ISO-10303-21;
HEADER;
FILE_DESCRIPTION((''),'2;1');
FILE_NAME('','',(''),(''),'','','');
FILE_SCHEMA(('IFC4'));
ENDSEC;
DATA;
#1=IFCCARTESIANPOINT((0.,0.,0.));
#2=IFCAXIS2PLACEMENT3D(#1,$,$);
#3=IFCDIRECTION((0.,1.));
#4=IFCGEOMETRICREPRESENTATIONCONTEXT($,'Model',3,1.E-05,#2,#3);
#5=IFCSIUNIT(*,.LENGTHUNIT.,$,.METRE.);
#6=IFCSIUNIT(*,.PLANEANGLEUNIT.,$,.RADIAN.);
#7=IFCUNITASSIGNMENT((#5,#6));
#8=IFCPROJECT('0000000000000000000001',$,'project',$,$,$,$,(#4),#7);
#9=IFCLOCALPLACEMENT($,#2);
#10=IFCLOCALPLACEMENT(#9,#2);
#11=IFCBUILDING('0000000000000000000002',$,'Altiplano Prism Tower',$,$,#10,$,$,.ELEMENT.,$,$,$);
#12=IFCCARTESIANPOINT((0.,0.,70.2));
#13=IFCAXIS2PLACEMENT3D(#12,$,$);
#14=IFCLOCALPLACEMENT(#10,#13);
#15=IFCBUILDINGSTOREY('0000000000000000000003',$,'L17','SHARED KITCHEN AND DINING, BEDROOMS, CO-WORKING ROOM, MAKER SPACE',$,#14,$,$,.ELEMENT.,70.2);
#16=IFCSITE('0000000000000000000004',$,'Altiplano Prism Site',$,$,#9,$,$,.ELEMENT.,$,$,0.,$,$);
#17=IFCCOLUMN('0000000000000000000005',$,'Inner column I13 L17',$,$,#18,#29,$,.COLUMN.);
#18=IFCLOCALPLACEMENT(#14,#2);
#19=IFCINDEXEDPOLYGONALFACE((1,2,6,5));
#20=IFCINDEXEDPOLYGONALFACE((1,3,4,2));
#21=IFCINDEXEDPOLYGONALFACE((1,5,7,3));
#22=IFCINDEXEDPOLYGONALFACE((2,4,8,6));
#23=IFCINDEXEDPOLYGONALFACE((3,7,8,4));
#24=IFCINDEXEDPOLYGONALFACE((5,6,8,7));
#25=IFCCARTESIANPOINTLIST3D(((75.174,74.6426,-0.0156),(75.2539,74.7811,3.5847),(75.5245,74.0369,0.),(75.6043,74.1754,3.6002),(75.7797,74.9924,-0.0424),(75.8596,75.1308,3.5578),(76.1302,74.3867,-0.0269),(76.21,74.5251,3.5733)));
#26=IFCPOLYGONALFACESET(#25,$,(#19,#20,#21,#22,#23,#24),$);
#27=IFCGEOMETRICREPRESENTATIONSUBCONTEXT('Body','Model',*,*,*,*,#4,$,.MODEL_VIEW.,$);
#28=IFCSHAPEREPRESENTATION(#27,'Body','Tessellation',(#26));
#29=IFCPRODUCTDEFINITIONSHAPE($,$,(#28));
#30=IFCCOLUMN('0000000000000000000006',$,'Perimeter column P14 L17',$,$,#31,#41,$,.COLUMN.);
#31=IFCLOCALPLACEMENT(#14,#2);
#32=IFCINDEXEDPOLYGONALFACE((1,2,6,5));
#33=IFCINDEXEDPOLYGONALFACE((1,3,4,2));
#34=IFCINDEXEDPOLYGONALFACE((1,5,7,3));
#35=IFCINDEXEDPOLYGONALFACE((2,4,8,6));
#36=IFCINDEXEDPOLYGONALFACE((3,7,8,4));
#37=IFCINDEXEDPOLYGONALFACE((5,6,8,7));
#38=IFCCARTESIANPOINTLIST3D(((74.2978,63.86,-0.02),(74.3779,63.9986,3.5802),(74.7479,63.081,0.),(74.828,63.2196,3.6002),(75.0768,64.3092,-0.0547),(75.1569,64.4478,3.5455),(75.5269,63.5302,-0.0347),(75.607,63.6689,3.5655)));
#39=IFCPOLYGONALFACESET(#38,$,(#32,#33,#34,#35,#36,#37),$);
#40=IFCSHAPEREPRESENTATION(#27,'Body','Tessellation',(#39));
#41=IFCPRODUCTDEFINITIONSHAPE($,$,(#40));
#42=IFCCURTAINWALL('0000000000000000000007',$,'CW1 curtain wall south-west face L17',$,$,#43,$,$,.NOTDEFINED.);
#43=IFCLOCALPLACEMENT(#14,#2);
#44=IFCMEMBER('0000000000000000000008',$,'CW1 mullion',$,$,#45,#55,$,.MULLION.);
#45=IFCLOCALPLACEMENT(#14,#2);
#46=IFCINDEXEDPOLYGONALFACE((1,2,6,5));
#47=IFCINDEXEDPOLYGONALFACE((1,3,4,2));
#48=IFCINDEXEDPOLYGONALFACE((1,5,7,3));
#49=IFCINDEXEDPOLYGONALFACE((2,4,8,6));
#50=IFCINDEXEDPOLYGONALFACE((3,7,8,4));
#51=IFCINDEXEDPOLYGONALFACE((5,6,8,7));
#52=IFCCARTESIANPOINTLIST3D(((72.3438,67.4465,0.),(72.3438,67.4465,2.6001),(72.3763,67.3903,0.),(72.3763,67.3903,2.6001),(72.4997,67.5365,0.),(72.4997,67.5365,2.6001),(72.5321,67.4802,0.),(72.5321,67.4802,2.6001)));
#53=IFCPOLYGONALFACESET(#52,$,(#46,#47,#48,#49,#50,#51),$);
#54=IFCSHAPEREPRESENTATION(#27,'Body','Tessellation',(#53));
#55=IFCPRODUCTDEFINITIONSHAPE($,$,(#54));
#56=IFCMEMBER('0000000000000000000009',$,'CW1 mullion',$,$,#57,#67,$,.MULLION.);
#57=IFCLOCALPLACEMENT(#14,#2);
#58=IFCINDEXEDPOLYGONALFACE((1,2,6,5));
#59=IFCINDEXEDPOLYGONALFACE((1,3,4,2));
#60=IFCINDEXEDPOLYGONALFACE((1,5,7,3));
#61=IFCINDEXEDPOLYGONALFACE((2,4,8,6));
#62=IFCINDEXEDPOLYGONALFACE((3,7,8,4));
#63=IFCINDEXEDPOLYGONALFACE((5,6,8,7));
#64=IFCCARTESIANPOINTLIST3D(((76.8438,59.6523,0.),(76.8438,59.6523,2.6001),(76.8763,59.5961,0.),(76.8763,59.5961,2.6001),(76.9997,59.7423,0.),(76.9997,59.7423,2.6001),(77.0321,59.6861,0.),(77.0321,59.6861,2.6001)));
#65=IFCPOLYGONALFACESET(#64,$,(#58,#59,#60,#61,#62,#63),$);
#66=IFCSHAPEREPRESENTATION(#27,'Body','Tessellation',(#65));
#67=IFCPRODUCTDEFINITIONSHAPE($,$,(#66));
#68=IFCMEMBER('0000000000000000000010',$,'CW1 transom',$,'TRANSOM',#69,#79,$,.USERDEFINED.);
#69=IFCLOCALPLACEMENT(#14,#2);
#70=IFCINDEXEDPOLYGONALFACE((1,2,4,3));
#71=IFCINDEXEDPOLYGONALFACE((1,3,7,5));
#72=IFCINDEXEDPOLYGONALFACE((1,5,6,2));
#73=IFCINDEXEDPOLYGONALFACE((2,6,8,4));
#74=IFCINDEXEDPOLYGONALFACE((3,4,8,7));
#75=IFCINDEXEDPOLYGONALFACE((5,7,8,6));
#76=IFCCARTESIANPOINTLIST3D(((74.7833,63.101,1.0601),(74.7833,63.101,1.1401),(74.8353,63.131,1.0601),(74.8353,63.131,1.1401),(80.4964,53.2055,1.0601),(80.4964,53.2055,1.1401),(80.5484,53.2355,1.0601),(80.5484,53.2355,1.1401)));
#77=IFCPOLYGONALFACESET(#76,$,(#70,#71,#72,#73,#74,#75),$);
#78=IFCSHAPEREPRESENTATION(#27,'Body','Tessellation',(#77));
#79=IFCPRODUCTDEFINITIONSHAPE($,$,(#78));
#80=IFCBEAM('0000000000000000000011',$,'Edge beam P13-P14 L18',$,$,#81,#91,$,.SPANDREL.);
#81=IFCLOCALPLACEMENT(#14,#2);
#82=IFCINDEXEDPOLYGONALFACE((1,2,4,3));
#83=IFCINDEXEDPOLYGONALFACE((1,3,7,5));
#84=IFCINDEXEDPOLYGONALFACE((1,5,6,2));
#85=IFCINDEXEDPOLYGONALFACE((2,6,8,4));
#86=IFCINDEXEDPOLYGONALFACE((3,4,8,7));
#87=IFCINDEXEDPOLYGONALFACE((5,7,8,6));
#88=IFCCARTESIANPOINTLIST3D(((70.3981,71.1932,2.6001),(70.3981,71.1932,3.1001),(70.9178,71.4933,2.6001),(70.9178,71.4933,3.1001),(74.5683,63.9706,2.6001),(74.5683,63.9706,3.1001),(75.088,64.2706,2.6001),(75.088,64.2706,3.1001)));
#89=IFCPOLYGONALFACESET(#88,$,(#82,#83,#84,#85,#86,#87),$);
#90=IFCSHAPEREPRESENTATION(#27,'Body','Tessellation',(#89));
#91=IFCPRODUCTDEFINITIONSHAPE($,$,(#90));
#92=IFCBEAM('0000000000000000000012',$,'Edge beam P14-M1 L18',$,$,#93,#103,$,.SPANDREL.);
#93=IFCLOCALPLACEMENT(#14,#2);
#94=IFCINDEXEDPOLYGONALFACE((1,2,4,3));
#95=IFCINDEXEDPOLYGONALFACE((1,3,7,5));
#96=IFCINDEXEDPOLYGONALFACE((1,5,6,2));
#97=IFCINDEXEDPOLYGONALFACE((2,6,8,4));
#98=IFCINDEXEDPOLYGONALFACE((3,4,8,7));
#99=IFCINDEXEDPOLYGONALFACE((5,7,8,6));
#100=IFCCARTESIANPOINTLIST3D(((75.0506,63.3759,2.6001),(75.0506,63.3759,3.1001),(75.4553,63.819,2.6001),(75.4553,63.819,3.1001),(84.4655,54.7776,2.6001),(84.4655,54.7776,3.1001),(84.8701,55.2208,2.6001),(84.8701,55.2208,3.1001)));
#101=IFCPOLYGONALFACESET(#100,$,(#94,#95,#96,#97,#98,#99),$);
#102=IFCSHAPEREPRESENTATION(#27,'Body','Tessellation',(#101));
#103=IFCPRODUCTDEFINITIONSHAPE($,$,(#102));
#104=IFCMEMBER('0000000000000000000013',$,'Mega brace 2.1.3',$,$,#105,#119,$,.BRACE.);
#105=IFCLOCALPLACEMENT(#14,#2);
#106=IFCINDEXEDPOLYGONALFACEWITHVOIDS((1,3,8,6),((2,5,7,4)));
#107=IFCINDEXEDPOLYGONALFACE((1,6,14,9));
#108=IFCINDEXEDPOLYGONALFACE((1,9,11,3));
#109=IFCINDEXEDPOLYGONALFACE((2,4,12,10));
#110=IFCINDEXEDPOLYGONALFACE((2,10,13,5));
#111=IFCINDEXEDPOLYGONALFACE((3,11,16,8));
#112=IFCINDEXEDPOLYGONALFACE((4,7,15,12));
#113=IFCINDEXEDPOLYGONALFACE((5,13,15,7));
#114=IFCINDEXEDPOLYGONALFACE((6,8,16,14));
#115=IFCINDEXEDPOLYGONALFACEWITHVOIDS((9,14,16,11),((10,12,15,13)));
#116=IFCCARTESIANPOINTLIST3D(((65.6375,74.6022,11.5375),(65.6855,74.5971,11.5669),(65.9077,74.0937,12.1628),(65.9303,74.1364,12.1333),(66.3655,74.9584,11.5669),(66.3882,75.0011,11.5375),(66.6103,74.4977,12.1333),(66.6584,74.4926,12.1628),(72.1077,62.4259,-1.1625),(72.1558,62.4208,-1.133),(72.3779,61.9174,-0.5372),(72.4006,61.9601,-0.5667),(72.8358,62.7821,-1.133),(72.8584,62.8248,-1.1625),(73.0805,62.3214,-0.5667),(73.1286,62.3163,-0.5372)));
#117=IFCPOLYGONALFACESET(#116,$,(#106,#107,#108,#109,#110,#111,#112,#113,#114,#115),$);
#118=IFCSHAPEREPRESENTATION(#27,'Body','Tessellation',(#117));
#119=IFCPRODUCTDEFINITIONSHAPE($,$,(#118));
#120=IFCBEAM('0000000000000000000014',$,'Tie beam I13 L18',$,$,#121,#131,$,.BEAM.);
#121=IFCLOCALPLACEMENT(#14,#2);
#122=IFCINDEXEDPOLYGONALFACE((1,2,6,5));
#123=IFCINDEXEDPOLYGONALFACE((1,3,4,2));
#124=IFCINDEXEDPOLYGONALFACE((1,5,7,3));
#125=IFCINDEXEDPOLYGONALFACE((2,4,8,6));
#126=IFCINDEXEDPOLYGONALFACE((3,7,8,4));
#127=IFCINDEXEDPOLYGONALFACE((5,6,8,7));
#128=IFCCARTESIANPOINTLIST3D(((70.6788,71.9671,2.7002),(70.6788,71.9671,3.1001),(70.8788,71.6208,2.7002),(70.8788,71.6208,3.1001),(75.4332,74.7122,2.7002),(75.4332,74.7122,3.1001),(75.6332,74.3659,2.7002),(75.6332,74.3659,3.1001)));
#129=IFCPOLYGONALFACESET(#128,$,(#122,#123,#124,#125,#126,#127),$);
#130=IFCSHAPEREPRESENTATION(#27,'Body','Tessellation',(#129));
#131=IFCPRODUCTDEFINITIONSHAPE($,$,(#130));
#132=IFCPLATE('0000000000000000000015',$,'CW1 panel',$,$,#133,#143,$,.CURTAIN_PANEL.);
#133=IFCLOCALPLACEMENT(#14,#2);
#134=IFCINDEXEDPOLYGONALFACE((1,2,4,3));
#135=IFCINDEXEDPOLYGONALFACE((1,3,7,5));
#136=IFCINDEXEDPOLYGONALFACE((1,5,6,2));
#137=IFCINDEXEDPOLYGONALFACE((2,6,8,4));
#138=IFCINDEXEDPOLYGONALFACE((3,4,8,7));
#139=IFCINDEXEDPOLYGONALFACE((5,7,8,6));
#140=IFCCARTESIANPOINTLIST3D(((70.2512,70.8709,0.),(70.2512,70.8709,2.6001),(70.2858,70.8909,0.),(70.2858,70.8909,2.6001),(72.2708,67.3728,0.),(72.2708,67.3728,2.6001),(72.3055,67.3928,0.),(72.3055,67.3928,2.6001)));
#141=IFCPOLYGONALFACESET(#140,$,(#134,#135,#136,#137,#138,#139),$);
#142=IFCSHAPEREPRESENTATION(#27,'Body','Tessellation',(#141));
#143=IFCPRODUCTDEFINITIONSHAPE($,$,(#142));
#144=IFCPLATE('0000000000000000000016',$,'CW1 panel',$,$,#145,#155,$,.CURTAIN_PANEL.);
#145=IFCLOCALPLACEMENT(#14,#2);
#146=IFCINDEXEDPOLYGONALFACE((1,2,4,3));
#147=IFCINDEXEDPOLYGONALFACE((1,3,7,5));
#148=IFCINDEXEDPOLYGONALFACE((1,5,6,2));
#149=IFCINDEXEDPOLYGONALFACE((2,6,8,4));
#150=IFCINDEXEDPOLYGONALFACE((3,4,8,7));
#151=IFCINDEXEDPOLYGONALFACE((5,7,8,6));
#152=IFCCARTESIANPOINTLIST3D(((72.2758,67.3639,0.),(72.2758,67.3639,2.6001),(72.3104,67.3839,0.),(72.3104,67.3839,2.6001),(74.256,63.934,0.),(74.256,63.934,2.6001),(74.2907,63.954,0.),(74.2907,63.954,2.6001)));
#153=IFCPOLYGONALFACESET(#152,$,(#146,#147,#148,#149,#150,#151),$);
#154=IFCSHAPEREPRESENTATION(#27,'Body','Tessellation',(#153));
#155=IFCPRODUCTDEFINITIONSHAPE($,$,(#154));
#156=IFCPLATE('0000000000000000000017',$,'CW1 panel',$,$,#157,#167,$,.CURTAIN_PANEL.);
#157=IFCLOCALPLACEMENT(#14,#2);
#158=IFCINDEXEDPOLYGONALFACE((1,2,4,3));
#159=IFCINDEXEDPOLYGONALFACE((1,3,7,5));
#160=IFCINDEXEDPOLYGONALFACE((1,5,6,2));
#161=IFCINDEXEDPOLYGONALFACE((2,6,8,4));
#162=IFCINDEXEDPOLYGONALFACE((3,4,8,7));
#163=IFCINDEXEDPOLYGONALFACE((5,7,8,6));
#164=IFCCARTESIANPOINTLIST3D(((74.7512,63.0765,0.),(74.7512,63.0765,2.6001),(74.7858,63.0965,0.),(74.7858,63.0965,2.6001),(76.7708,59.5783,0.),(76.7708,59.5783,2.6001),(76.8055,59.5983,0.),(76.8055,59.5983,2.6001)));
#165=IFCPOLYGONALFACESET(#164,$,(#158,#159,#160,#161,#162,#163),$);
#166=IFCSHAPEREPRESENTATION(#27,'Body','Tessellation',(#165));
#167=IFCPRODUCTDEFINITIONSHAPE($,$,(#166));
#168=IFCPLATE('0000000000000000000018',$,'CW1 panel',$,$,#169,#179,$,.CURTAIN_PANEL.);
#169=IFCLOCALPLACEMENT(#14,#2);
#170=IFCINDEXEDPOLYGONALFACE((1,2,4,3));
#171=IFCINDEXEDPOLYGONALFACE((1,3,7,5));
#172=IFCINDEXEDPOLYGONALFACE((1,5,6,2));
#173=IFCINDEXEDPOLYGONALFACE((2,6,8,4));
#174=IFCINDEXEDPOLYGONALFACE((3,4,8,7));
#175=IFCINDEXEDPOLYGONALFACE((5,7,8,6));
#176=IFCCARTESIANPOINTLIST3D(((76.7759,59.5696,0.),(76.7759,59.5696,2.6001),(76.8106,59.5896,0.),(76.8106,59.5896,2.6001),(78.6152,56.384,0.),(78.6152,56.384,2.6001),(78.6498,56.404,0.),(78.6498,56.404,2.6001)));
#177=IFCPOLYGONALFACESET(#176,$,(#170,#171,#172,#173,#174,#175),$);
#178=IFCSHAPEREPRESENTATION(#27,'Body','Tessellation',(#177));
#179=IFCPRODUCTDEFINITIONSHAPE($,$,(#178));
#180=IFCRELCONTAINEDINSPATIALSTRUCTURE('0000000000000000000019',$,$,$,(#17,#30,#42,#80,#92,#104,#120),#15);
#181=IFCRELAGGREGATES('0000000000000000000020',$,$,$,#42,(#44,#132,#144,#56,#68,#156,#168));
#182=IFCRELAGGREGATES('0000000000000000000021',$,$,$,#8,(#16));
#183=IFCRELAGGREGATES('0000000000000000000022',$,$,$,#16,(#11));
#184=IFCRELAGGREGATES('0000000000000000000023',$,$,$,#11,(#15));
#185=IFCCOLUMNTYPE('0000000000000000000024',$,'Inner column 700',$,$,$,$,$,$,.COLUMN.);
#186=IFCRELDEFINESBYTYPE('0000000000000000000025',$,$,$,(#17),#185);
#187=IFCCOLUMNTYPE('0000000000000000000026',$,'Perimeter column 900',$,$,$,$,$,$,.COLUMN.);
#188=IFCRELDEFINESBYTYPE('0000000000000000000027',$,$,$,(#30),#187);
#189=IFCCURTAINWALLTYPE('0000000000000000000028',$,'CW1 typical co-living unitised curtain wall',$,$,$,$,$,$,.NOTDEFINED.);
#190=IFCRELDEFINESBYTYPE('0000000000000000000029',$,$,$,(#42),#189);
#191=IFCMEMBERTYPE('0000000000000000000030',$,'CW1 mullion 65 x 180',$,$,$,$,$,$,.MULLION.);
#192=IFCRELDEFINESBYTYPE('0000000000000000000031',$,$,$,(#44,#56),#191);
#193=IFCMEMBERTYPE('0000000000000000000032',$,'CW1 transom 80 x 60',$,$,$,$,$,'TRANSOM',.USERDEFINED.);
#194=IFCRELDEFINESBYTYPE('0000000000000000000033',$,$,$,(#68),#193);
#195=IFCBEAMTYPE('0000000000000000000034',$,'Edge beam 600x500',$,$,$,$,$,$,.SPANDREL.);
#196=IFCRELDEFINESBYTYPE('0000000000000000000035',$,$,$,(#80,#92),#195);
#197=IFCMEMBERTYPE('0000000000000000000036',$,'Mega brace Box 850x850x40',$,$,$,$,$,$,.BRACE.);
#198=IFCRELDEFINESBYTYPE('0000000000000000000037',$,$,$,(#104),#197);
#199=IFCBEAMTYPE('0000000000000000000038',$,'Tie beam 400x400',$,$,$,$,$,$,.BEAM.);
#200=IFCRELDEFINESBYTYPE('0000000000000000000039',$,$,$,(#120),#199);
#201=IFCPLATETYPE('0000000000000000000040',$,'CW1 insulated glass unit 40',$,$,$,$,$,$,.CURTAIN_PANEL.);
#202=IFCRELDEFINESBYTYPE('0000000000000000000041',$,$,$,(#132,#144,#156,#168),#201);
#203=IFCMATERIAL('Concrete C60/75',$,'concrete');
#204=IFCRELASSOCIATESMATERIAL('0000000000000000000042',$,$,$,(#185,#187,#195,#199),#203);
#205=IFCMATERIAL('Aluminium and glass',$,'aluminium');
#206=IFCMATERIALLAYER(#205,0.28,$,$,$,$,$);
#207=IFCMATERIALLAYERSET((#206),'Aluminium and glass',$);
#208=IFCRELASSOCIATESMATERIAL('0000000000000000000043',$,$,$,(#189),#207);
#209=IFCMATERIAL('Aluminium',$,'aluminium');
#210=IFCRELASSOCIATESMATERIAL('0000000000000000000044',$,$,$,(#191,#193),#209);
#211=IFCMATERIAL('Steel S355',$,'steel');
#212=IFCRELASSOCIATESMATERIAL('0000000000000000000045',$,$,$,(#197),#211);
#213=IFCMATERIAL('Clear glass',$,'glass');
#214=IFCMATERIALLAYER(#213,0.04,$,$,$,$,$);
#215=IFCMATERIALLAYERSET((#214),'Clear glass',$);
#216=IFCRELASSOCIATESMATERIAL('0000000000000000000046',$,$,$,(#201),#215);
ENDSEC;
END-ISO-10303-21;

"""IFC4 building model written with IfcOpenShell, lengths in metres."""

from ifc_helpers import new_model, si_unit, direction, frame, origin, origin_2d, place, context, subcontext, project, spatial, rectangle, hollow_rectangle, extrude, material, layer, layer_set, material_profile, profile_set, type_object, element, aggregate, save


model = new_model("IFC4")

# Units and contexts
model_context = context("Model", 3, precision=1e-05, world=origin(), true_north=direction((0.0, 1.0)))
body_context = subcontext(model_context, "Body", "Model", "MODEL_VIEW")
ifc_project = project(units=[si_unit("LENGTHUNIT", "METRE"), si_unit("PLANEANGLEUNIT", "RADIAN")], contexts=[model_context])

# Site, building, storey
site_placement = place(None, origin())
site = spatial("IfcSite", under=ifc_project, at=site_placement, Name="Altiplano Prism Site", CompositionType="ELEMENT", RefElevation=0.0)
building_placement = place(site_placement, origin())
building = spatial("IfcBuilding", under=site, at=building_placement, Name="Altiplano Prism Tower", CompositionType="ELEMENT")
storey_placement = place(building_placement, frame((0.0, 0.0, 70.2)))
storey = spatial("IfcBuildingStorey", under=building, at=storey_placement, Name="L17", Description="SHARED KITCHEN AND DINING, BEDROOMS, CO-WORKING ROOM, MAKER SPACE", CompositionType="ELEMENT", Elevation=70.2)

# Columns
ifc_material_1 = material(Name="Concrete C60/75", Category="concrete")
ifc_material_profile_1 = material_profile(ifc_material_1, rectangle(XDim=0.7, YDim=0.7, at=origin_2d()), Name="Inner column 700")
ifc_profile_set_1 = profile_set([ifc_material_profile_1], Name="Concrete C60/75")
column_type_1 = type_object("IfcColumnType", Name="Inner column 700", PredefinedType="COLUMN", material=ifc_profile_set_1)
column_1_placement = place(storey_placement, frame((75.6521, 74.5146, -0.0212), z_axis=(0.022154, 0.038413, 0.999016), x_axis=(-0.865365, -0.499669, 0.038403)))
element("IfcColumn", 1, at=column_1_placement, inside=storey, type_object=column_type_1, Name="Inner column I13 L17", PredefinedType="COLUMN", context=body_context, shape_type="SweptSolid", body=[
    extrude(rectangle(XDim=0.7, YDim=0.7, at=origin_2d()), origin(), (0.0, 0.0, 1.0), 3.6038),
])
ifc_material_profile_2 = material_profile(ifc_material_1, rectangle(XDim=0.8999, YDim=0.8999, at=origin_2d()), Name="Perimeter column 900")
ifc_profile_set_2 = profile_set([ifc_material_profile_2], Name="Concrete C60/75")
column_type_2 = type_object("IfcColumnType", Name="Perimeter column 900", PredefinedType="COLUMN", material=ifc_profile_set_2)
column_2_placement = place(storey_placement, frame((74.9124, 63.6951, -0.0273), z_axis=(0.022221, 0.038481, 0.999012), x_axis=(-0.865642, -0.499182, 0.038483)))
element("IfcColumn", 2, at=column_2_placement, inside=storey, type_object=column_type_2, Name="Perimeter column P14 L17", PredefinedType="COLUMN", context=body_context, shape_type="SweptSolid", body=[
    extrude(rectangle(XDim=0.8999, YDim=0.8999, at=origin_2d()), origin(), (0.0, 0.0, 1.0), 3.6038),
])

# Curtain wall, members
ifc_material_2 = material(Name="Aluminium and glass", Category="aluminium")
ifc_layer_1 = layer(ifc_material_2, 0.28)
ifc_layer_set_1 = layer_set([ifc_layer_1], Name="Aluminium and glass")
curtain_wall_type = type_object("IfcCurtainWallType", Name="CW1 typical co-living unitised curtain wall", PredefinedType="NOTDEFINED", material=ifc_layer_set_1)
curtain_wall_placement = place(storey_placement, origin())
curtain_wall = element("IfcCurtainWall", 3, at=curtain_wall_placement, inside=storey, type_object=curtain_wall_type, Name="CW1 curtain wall south-west face L17", PredefinedType="NOTDEFINED")
ifc_material_3 = material(Name="Aluminium", Category="aluminium")
ifc_material_profile_3 = material_profile(ifc_material_3, rectangle(XDim=0.1799, YDim=0.0649, at=origin_2d()), Name="CW1 mullion 65 x 180")
ifc_profile_set_3 = profile_set([ifc_material_profile_3], Name="Aluminium")
member_type_1 = type_object("IfcMemberType", Name="CW1 mullion 65 x 180", PredefinedType="MULLION", material=ifc_profile_set_3)
member_1_placement = place(storey_placement, frame((72.438, 67.4634, 0.0), z_axis=(0.0, 0.0, 1.0), x_axis=(0.866025, 0.5, 0.0)))
member_1 = element("IfcMember", 4, at=member_1_placement, type_object=member_type_1, Name="CW1 mullion", PredefinedType="MULLION", context=body_context, shape_type="SweptSolid", body=[
    extrude(rectangle(XDim=0.1799, YDim=0.0649, at=origin_2d()), origin(), (0.0, 0.0, 1.0), 2.6001),
])
member_2_placement = place(storey_placement, frame((76.938, 59.6692, 0.0), z_axis=(0.0, 0.0, 1.0), x_axis=(0.866025, 0.5, 0.0)))
member_2 = element("IfcMember", 5, at=member_2_placement, type_object=member_type_1, Name="CW1 mullion", PredefinedType="MULLION", context=body_context, shape_type="SweptSolid", body=[
    extrude(rectangle(XDim=0.1799, YDim=0.0649, at=origin_2d()), origin(), (0.0, 0.0, 1.0), 2.6001),
])
ifc_material_profile_4 = material_profile(ifc_material_3, rectangle(XDim=0.0601, YDim=0.0801, at=origin_2d()), Name="CW1 transom 80 x 60")
ifc_profile_set_4 = profile_set([ifc_material_profile_4], Name="Aluminium")
member_type_2 = type_object("IfcMemberType", Name="CW1 transom 80 x 60", ElementType="TRANSOM", PredefinedType="USERDEFINED", material=ifc_profile_set_4)
member_3_placement = place(storey_placement, frame((74.8093, 63.116, 1.1001), z_axis=(0.499997, -0.866027, 0.0), x_axis=(0.866027, 0.499997, 0.0)))
member_3 = element("IfcMember", 6, at=member_3_placement, type_object=member_type_2, Name="CW1 transom", ObjectType="TRANSOM", PredefinedType="USERDEFINED", context=body_context, shape_type="SweptSolid", body=[
    extrude(rectangle(XDim=0.0601, YDim=0.0801, at=origin_2d()), origin(), (0.0, 0.0, 1.0), 11.4263),
])

# Beams
ifc_material_profile_5 = material_profile(ifc_material_1, rectangle(XDim=0.6001, YDim=0.5, at=origin_2d()), Name="Edge beam 600x500")
ifc_profile_set_5 = profile_set([ifc_material_profile_5], Name="Concrete C60/75")
beam_type_1 = type_object("IfcBeamType", Name="Edge beam 600x500", PredefinedType="SPANDREL", material=ifc_profile_set_5)
beam_1_placement = place(storey_placement, frame((70.658, 71.3433, 2.8501), z_axis=(0.500015, -0.866017, 0.0), x_axis=(0.866017, 0.500015, 0.0)))
element("IfcBeam", 7, at=beam_1_placement, inside=storey, type_object=beam_type_1, Name="Edge beam P13-P14 L18", PredefinedType="SPANDREL", context=body_context, shape_type="SweptSolid", body=[
    extrude(rectangle(XDim=0.6001, YDim=0.5, at=origin_2d()), origin(), (0.0, 0.0, 1.0), 8.3401),
])
beam_2_placement = place(storey_placement, frame((75.2529, 63.5974, 2.8501), z_axis=(0.738406, -0.674356, 0.0), x_axis=(0.674356, 0.738406, 0.0)))
element("IfcBeam", 8, at=beam_2_placement, inside=storey, type_object=beam_type_1, Name="Edge beam P14-M1 L18", PredefinedType="SPANDREL", context=body_context, shape_type="SweptSolid", body=[
    extrude(rectangle(XDim=0.6001, YDim=0.5, at=origin_2d()), origin(), (0.0, 0.0, 1.0), 12.7502),
])

# Member
ifc_material_4 = material(Name="Steel S355", Category="steel")
ifc_material_profile_6 = material_profile(ifc_material_4, hollow_rectangle(XDim=0.8501, YDim=0.8501, WallThickness=0.04, at=origin_2d()), Name="Mega brace Box 850x850x40")
ifc_profile_set_6 = profile_set([ifc_material_profile_6], Name="Steel S355")
member_type_3 = type_object("IfcMemberType", Name="Mega brace Box 850x850x40", PredefinedType="BRACE", material=ifc_profile_set_6)
member_4_placement = place(storey_placement, frame((72.6182, 62.3711, -0.8499), z_axis=(-0.345151, 0.649538, 0.677474), x_axis=(-0.883068, -0.469244, 0.0)))
element("IfcMember", 9, at=member_4_placement, inside=storey, type_object=member_type_3, Name="Mega brace 2.1.3", PredefinedType="BRACE", context=body_context, shape_type="SweptSolid", body=[
    extrude(hollow_rectangle(XDim=0.8501, YDim=0.8501, WallThickness=0.04, at=origin_2d()), origin(), (0.0, 0.0, 1.0), 18.7461),
])

# Beam
ifc_material_profile_7 = material_profile(ifc_material_1, rectangle(XDim=0.3999, YDim=0.3999, at=origin_2d()), Name="Tie beam 400x400")
ifc_profile_set_7 = profile_set([ifc_material_profile_7], Name="Concrete C60/75")
beam_type_2 = type_object("IfcBeamType", Name="Tie beam 400x400", PredefinedType="BEAM", material=ifc_profile_set_7)
beam_3_placement = place(storey_placement, frame((75.5332, 74.5391, 2.9001), z_axis=(-0.866012, -0.500023, 0.0), x_axis=(0.500023, -0.866012, 0.0)))
element("IfcBeam", 10, at=beam_3_placement, inside=storey, type_object=beam_type_2, Name="Tie beam I13 L18", PredefinedType="BEAM", context=body_context, shape_type="SweptSolid", body=[
    extrude(rectangle(XDim=0.3999, YDim=0.3999, at=origin_2d()), origin(), (0.0, 0.0, 1.0), 5.49),
])

# Plates
ifc_material_5 = material(Name="Clear glass", Category="glass")
ifc_layer_2 = layer(ifc_material_5, 0.04)
ifc_layer_set_2 = layer_set([ifc_layer_2], Name="Clear glass")
plate_type = type_object("IfcPlateType", Name="CW1 insulated glass unit 40", PredefinedType="CURTAIN_PANEL", material=ifc_layer_set_2)
plate_1_placement = place(storey_placement, frame((71.2783, 69.1318, 0.0), z_axis=(0.0, 0.0, 1.0), x_axis=(0.5, -0.866025, 0.0)))
plate_1 = element("IfcPlate", 11, at=plate_1_placement, type_object=plate_type, Name="CW1 panel", PredefinedType="CURTAIN_PANEL", context=body_context, shape_type="SweptSolid", body=[
    extrude(rectangle(XDim=4.0393, YDim=0.04, at=origin_2d()), origin(), (0.0, 0.0, 1.0), 2.6001),
])
plate_2_placement = place(storey_placement, frame((73.2832, 65.6589, 0.0), z_axis=(0.0, 0.0, 1.0), x_axis=(0.5, -0.866025, 0.0)))
plate_2 = element("IfcPlate", 12, at=plate_2_placement, type_object=plate_type, Name="CW1 panel", PredefinedType="CURTAIN_PANEL", context=body_context, shape_type="SweptSolid", body=[
    extrude(rectangle(XDim=3.9604, YDim=0.04, at=origin_2d()), origin(), (0.0, 0.0, 1.0), 2.6001),
])
plate_3_placement = place(storey_placement, frame((75.7783, 61.3374, 0.0), z_axis=(0.0, 0.0, 1.0), x_axis=(0.5, -0.866025, 0.0)))
plate_3 = element("IfcPlate", 13, at=plate_3_placement, type_object=plate_type, Name="CW1 panel", PredefinedType="CURTAIN_PANEL", context=body_context, shape_type="SweptSolid", body=[
    extrude(rectangle(XDim=4.0393, YDim=0.04, at=origin_2d()), origin(), (0.0, 0.0, 1.0), 2.6001),
])
plate_4_placement = place(storey_placement, frame((77.7129, 57.9868, 0.0), z_axis=(0.0, 0.0, 1.0), x_axis=(0.5, -0.866025, 0.0)))
plate_4 = element("IfcPlate", 14, at=plate_4_placement, type_object=plate_type, Name="CW1 panel", PredefinedType="CURTAIN_PANEL", context=body_context, shape_type="SweptSolid", body=[
    extrude(rectangle(XDim=3.6785, YDim=0.04, at=origin_2d()), origin(), (0.0, 0.0, 1.0), 2.6001),
])
aggregate(curtain_wall, [member_1, plate_1, plate_2, member_2, member_3, plate_3, plate_4])

save(model, "model.ifc")
